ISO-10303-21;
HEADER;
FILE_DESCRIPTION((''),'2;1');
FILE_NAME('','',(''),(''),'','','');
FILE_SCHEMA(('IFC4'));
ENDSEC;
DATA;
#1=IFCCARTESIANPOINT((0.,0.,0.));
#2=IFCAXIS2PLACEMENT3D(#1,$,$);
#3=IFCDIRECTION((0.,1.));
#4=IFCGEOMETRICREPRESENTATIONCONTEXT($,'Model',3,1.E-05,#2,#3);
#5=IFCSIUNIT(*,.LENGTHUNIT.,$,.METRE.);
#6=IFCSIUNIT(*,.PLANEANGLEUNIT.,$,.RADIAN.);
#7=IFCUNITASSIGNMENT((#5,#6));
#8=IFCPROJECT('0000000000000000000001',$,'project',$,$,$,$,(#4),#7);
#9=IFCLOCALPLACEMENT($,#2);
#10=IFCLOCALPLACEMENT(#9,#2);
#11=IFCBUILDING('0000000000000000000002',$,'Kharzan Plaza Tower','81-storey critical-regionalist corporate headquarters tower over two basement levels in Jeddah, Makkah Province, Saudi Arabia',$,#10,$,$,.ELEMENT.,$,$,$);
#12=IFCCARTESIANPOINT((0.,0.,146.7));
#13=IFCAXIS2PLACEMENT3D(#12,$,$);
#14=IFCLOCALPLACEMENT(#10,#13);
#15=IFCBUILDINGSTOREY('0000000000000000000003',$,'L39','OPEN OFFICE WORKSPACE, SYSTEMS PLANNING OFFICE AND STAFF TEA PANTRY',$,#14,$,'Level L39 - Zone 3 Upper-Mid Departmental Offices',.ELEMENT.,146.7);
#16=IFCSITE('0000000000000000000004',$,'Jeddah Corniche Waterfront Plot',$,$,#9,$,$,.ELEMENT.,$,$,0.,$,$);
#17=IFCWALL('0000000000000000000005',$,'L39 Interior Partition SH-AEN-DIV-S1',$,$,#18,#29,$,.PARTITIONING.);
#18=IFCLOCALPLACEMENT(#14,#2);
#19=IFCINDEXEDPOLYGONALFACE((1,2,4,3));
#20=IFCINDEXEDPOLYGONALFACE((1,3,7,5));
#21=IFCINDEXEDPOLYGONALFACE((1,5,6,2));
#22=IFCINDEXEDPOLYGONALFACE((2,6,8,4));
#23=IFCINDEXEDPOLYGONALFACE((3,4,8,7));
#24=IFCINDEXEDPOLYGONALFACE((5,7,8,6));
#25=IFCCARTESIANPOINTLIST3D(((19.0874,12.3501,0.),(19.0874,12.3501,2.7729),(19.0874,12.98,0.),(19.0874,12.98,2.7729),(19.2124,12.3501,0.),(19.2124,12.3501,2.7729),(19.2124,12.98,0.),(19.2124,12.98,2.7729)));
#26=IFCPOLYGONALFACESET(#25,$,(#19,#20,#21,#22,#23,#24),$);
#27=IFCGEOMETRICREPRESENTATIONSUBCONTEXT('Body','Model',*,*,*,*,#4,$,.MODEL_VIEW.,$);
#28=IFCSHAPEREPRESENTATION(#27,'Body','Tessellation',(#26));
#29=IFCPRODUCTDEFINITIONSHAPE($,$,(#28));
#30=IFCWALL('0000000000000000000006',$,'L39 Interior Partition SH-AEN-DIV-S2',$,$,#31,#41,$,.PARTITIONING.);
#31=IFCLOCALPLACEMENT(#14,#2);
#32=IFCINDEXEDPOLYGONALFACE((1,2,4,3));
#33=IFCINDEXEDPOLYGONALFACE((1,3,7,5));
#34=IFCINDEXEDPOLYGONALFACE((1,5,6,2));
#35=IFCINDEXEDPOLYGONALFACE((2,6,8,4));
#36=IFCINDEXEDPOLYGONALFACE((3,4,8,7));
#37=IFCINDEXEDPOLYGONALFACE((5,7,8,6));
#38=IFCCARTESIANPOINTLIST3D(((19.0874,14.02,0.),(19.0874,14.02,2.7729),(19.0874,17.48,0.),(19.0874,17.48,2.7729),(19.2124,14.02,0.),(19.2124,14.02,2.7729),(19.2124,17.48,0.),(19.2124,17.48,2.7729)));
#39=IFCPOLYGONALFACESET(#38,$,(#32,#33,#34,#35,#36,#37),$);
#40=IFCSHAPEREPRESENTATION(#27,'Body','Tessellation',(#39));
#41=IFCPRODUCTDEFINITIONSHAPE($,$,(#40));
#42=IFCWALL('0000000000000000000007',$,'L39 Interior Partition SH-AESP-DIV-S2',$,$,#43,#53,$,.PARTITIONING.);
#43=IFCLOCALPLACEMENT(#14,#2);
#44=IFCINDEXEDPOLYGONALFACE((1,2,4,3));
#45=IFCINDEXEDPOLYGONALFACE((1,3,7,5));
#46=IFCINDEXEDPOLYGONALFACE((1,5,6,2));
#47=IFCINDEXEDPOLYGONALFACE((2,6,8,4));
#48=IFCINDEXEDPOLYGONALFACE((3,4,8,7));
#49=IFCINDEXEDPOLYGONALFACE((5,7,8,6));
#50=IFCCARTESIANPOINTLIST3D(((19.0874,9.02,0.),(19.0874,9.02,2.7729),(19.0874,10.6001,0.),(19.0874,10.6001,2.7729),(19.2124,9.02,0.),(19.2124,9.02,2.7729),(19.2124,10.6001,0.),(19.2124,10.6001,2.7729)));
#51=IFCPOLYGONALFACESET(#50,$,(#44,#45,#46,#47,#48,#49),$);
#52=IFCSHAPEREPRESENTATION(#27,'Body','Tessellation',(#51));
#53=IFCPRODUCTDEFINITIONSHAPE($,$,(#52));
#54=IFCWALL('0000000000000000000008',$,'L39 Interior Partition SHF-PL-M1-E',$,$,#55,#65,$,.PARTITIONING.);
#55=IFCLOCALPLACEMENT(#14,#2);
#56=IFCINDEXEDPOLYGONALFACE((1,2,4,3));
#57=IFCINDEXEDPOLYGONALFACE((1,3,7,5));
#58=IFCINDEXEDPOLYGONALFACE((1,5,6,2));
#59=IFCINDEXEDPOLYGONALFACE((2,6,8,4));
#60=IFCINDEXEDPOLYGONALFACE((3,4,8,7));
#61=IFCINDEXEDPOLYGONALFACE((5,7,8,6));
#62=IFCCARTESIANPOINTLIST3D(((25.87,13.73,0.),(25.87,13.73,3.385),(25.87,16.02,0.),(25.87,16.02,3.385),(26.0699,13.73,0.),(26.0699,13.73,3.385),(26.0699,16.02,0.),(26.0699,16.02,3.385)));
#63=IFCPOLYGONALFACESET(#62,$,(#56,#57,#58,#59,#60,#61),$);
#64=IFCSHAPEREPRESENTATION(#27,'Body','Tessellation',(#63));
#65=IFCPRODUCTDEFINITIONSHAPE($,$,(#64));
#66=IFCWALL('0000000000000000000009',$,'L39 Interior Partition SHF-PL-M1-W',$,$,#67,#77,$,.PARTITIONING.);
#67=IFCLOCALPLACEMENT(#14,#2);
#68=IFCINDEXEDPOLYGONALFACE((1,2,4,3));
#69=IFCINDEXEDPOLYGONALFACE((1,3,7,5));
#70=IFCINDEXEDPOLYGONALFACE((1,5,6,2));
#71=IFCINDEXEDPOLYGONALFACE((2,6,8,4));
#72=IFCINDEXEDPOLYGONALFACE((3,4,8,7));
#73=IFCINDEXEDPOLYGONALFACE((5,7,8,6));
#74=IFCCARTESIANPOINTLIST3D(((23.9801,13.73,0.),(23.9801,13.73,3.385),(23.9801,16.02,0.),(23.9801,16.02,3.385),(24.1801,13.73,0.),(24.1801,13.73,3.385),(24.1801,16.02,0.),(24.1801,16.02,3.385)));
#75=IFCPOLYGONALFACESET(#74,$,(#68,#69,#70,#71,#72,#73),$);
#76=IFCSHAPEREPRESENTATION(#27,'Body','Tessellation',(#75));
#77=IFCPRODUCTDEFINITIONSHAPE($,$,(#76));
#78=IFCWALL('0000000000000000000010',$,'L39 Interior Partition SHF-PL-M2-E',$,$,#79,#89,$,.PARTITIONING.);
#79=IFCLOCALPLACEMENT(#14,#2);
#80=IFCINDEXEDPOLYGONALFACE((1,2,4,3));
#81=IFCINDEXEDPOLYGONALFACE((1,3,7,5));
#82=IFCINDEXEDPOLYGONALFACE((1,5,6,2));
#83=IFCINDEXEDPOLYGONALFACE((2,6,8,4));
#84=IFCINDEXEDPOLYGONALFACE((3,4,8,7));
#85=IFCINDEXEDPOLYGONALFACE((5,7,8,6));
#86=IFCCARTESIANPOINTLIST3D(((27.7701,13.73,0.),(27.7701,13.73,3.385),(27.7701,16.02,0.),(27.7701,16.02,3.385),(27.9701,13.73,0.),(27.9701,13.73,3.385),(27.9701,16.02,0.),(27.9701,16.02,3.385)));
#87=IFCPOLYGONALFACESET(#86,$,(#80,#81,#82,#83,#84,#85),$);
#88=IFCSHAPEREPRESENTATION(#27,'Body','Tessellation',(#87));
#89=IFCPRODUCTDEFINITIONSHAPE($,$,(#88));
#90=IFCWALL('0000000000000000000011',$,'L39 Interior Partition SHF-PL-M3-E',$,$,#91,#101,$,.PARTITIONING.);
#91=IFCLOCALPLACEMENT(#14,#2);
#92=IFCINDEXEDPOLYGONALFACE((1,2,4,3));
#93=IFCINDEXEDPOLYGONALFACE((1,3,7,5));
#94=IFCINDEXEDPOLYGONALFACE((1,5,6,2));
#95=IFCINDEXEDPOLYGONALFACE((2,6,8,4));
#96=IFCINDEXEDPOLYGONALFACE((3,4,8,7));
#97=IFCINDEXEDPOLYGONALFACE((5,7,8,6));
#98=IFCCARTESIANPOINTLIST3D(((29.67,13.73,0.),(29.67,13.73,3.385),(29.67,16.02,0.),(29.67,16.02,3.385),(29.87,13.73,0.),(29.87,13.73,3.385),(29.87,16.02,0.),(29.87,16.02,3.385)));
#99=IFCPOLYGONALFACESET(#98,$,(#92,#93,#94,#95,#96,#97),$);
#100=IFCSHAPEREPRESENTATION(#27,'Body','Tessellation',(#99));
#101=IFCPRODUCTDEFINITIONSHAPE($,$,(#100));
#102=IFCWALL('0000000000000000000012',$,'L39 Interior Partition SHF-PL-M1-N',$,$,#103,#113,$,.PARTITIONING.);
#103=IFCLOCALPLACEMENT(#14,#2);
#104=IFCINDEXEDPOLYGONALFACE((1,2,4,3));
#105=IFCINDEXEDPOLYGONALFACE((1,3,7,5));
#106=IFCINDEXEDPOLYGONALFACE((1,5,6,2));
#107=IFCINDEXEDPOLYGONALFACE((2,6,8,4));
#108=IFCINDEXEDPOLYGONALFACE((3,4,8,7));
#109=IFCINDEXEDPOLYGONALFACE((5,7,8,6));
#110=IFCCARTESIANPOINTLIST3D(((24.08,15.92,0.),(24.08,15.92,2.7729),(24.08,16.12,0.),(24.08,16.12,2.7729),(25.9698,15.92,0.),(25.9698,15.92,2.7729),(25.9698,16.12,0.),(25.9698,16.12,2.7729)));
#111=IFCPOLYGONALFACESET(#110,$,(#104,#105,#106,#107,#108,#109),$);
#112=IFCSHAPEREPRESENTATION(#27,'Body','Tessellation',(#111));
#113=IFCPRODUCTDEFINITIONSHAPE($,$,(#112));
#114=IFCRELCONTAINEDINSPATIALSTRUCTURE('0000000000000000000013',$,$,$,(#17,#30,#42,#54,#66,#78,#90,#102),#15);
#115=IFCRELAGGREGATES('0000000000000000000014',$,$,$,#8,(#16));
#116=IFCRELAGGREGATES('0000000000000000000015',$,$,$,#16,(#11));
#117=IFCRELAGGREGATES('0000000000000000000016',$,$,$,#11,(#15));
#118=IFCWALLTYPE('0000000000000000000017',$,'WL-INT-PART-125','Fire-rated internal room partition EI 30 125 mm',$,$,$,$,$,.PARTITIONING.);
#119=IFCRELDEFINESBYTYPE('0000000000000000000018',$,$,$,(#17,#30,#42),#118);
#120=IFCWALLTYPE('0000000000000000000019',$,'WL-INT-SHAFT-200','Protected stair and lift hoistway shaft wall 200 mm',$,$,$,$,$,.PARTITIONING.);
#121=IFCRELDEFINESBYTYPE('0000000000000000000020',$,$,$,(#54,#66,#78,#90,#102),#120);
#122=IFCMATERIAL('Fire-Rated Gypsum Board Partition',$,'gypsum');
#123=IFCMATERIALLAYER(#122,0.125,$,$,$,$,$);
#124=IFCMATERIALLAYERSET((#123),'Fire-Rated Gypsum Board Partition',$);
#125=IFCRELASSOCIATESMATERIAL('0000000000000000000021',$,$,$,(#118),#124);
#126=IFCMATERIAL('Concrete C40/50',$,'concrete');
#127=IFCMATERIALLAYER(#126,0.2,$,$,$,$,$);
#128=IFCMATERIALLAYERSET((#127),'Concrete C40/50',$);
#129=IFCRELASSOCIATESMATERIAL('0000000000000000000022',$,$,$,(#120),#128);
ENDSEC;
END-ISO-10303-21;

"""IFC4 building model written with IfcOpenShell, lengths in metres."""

from ifc_helpers import new_model, si_unit, direction, frame, frame_2d, origin, place, context, subcontext, project, spatial, rectangle, extrude, source, transform, mapped, material, layer, layer_set, type_object, element, save


model = new_model("IFC4")

# Units and contexts
model_context = context("Model", 3, precision=1e-05, world=origin(), true_north=direction((0.0, 1.0)))
body_context = subcontext(model_context, "Body", "Model", "MODEL_VIEW")
ifc_project = project(units=[si_unit("LENGTHUNIT", "METRE"), si_unit("PLANEANGLEUNIT", "RADIAN")], contexts=[model_context])

# Site, building, storey
site_placement = place(None, origin())
site = spatial("IfcSite", under=ifc_project, at=site_placement, Name="Jeddah Corniche Waterfront Plot", CompositionType="ELEMENT", RefElevation=0.0)
building_placement = place(site_placement, origin())
building = spatial("IfcBuilding", under=site, at=building_placement, Name="Kharzan Plaza Tower", Description="81-storey critical-regionalist corporate headquarters tower over two basement levels in Jeddah, Makkah Province, Saudi Arabia", CompositionType="ELEMENT")
storey_placement = place(building_placement, frame((0.0, 0.0, 146.7)))
storey = spatial("IfcBuildingStorey", under=building, at=storey_placement, Name="L39", Description="OPEN OFFICE WORKSPACE, SYSTEMS PLANNING OFFICE AND STAFF TEA PANTRY", LongName="Level L39 - Zone 3 Upper-Mid Departmental Offices", CompositionType="ELEMENT", Elevation=146.7)

# Shared definitions
ifc_material_1 = material(Name="Fire-Rated Gypsum Board Partition", Category="gypsum")
ifc_layer_1 = layer(ifc_material_1, 0.125)
ifc_layer_set_1 = layer_set([ifc_layer_1], Name="Fire-Rated Gypsum Board Partition")
wall_type_1 = type_object("IfcWallType", Name="WL-INT-PART-125", Description="Fire-rated internal room partition EI 30 125 mm", PredefinedType="PARTITIONING", material=ifc_layer_set_1)
ifc_material_2 = material(Name="Concrete C40/50", Category="concrete")
ifc_layer_2 = layer(ifc_material_2, 0.2)
ifc_layer_set_2 = layer_set([ifc_layer_2], Name="Concrete C40/50")
wall_type_2 = type_object("IfcWallType", Name="WL-INT-SHAFT-200", Description="Protected stair and lift hoistway shaft wall 200 mm", PredefinedType="PARTITIONING", material=ifc_layer_set_2)

# Walls
shared_shape_1 = source(origin(), body_context, "Body", "SweptSolid", [
    extrude(rectangle(XDim=0.6299, YDim=0.125, at=frame_2d((0.3149, 0.0))), origin(), (0.0, 0.0, 1.0), 2.7729),
])
wall_1_placement = place(storey_placement, frame((19.1499, 12.3501, 0.0), z_axis=(0.0, 0.0, 1.0), x_axis=(0.0, 1.0, 0.0)))
element("IfcWall", 1, at=wall_1_placement, inside=storey, type_object=wall_type_1, Name="L39 Interior Partition SH-AEN-DIV-S1", PredefinedType="PARTITIONING", context=body_context, shape_type="MappedRepresentation", body=[
    mapped(shared_shape_1, transform((0.0, 0.0, 0.0), x_axis=(1.0, 0.0, 0.0), y_axis=(0.0, 1.0, 0.0), z_axis=(0.0, 0.0, 1.0))),
])
shared_shape_2 = source(origin(), body_context, "Body", "SweptSolid", [
    extrude(rectangle(XDim=3.46, YDim=0.125, at=frame_2d((1.73, 0.0))), origin(), (0.0, 0.0, 1.0), 2.7729),
])
wall_2_placement = place(storey_placement, frame((19.1499, 14.02, 0.0), z_axis=(0.0, 0.0, 1.0), x_axis=(0.0, 1.0, 0.0)))
element("IfcWall", 2, at=wall_2_placement, inside=storey, type_object=wall_type_1, Name="L39 Interior Partition SH-AEN-DIV-S2", PredefinedType="PARTITIONING", context=body_context, shape_type="MappedRepresentation", body=[
    mapped(shared_shape_2, transform((0.0, 0.0, 0.0), x_axis=(1.0, 0.0, 0.0), y_axis=(0.0, 1.0, 0.0), z_axis=(0.0, 0.0, 1.0))),
])
shared_shape_3 = source(origin(), body_context, "Body", "SweptSolid", [
    extrude(rectangle(XDim=1.5801, YDim=0.125, at=frame_2d((0.79, 0.0))), origin(), (0.0, 0.0, 1.0), 2.7729),
])
wall_3_placement = place(storey_placement, frame((19.1499, 9.02, 0.0), z_axis=(0.0, 0.0, 1.0), x_axis=(0.0, 1.0, 0.0)))
element("IfcWall", 3, at=wall_3_placement, inside=storey, type_object=wall_type_1, Name="L39 Interior Partition SH-AESP-DIV-S2", PredefinedType="PARTITIONING", context=body_context, shape_type="MappedRepresentation", body=[
    mapped(shared_shape_3, transform((0.0, 0.0, 0.0), x_axis=(1.0, 0.0, 0.0), y_axis=(0.0, 1.0, 0.0), z_axis=(0.0, 0.0, 1.0))),
])
shared_shape_4 = source(origin(), body_context, "Body", "SweptSolid", [
    extrude(rectangle(XDim=2.29, YDim=0.2, at=frame_2d((1.145, 0.0))), origin(), (0.0, 0.0, 1.0), 3.385),
])
for number, where, z_axis, x_axis, name in (
    (4, (25.97, 13.73, 0.0), (0.0, 0.0, 1.0), (0.0, 1.0, 0.0), "L39 Interior Partition SHF-PL-M1-E"),
    (5, (24.0801, 13.73, 0.0), (0.0, 0.0, 1.0), (0.0, 1.0, 0.0), "L39 Interior Partition SHF-PL-M1-W"),
    (6, (27.8701, 13.73, 0.0), (0.0, 0.0, 1.0), (0.0, 1.0, 0.0), "L39 Interior Partition SHF-PL-M2-E"),
    (7, (29.77, 13.73, 0.0), (0.0, 0.0, 1.0), (0.0, 1.0, 0.0), "L39 Interior Partition SHF-PL-M3-E"),
):
    element("IfcWall", number, at=place(storey_placement, frame(where, z_axis=z_axis, x_axis=x_axis)), inside=storey, type_object=wall_type_2, Name=name, PredefinedType="PARTITIONING", context=body_context, shape_type="MappedRepresentation", body=[
        mapped(shared_shape_4, transform((0.0, 0.0, 0.0), x_axis=(1.0, 0.0, 0.0), y_axis=(0.0, 1.0, 0.0), z_axis=(0.0, 0.0, 1.0))),
    ])
shared_shape_5 = source(origin(), body_context, "Body", "SweptSolid", [
    extrude(rectangle(XDim=1.8899, YDim=0.2, at=frame_2d((0.9448, 0.0))), origin(), (0.0, 0.0, 1.0), 2.7729),
])
wall_4_placement = place(storey_placement, frame((24.0801, 16.02, 0.0), z_axis=(0.0, 0.0, 1.0), x_axis=(1.0, 0.0, 0.0)))
element("IfcWall", 8, at=wall_4_placement, inside=storey, type_object=wall_type_2, Name="L39 Interior Partition SHF-PL-M1-N", PredefinedType="PARTITIONING", context=body_context, shape_type="MappedRepresentation", body=[
    mapped(shared_shape_5, transform((0.0, 0.0, 0.0), x_axis=(1.0, 0.0, 0.0), y_axis=(0.0, 1.0, 0.0), z_axis=(0.0, 0.0, 1.0))),
])

save(model, "model.ifc")
